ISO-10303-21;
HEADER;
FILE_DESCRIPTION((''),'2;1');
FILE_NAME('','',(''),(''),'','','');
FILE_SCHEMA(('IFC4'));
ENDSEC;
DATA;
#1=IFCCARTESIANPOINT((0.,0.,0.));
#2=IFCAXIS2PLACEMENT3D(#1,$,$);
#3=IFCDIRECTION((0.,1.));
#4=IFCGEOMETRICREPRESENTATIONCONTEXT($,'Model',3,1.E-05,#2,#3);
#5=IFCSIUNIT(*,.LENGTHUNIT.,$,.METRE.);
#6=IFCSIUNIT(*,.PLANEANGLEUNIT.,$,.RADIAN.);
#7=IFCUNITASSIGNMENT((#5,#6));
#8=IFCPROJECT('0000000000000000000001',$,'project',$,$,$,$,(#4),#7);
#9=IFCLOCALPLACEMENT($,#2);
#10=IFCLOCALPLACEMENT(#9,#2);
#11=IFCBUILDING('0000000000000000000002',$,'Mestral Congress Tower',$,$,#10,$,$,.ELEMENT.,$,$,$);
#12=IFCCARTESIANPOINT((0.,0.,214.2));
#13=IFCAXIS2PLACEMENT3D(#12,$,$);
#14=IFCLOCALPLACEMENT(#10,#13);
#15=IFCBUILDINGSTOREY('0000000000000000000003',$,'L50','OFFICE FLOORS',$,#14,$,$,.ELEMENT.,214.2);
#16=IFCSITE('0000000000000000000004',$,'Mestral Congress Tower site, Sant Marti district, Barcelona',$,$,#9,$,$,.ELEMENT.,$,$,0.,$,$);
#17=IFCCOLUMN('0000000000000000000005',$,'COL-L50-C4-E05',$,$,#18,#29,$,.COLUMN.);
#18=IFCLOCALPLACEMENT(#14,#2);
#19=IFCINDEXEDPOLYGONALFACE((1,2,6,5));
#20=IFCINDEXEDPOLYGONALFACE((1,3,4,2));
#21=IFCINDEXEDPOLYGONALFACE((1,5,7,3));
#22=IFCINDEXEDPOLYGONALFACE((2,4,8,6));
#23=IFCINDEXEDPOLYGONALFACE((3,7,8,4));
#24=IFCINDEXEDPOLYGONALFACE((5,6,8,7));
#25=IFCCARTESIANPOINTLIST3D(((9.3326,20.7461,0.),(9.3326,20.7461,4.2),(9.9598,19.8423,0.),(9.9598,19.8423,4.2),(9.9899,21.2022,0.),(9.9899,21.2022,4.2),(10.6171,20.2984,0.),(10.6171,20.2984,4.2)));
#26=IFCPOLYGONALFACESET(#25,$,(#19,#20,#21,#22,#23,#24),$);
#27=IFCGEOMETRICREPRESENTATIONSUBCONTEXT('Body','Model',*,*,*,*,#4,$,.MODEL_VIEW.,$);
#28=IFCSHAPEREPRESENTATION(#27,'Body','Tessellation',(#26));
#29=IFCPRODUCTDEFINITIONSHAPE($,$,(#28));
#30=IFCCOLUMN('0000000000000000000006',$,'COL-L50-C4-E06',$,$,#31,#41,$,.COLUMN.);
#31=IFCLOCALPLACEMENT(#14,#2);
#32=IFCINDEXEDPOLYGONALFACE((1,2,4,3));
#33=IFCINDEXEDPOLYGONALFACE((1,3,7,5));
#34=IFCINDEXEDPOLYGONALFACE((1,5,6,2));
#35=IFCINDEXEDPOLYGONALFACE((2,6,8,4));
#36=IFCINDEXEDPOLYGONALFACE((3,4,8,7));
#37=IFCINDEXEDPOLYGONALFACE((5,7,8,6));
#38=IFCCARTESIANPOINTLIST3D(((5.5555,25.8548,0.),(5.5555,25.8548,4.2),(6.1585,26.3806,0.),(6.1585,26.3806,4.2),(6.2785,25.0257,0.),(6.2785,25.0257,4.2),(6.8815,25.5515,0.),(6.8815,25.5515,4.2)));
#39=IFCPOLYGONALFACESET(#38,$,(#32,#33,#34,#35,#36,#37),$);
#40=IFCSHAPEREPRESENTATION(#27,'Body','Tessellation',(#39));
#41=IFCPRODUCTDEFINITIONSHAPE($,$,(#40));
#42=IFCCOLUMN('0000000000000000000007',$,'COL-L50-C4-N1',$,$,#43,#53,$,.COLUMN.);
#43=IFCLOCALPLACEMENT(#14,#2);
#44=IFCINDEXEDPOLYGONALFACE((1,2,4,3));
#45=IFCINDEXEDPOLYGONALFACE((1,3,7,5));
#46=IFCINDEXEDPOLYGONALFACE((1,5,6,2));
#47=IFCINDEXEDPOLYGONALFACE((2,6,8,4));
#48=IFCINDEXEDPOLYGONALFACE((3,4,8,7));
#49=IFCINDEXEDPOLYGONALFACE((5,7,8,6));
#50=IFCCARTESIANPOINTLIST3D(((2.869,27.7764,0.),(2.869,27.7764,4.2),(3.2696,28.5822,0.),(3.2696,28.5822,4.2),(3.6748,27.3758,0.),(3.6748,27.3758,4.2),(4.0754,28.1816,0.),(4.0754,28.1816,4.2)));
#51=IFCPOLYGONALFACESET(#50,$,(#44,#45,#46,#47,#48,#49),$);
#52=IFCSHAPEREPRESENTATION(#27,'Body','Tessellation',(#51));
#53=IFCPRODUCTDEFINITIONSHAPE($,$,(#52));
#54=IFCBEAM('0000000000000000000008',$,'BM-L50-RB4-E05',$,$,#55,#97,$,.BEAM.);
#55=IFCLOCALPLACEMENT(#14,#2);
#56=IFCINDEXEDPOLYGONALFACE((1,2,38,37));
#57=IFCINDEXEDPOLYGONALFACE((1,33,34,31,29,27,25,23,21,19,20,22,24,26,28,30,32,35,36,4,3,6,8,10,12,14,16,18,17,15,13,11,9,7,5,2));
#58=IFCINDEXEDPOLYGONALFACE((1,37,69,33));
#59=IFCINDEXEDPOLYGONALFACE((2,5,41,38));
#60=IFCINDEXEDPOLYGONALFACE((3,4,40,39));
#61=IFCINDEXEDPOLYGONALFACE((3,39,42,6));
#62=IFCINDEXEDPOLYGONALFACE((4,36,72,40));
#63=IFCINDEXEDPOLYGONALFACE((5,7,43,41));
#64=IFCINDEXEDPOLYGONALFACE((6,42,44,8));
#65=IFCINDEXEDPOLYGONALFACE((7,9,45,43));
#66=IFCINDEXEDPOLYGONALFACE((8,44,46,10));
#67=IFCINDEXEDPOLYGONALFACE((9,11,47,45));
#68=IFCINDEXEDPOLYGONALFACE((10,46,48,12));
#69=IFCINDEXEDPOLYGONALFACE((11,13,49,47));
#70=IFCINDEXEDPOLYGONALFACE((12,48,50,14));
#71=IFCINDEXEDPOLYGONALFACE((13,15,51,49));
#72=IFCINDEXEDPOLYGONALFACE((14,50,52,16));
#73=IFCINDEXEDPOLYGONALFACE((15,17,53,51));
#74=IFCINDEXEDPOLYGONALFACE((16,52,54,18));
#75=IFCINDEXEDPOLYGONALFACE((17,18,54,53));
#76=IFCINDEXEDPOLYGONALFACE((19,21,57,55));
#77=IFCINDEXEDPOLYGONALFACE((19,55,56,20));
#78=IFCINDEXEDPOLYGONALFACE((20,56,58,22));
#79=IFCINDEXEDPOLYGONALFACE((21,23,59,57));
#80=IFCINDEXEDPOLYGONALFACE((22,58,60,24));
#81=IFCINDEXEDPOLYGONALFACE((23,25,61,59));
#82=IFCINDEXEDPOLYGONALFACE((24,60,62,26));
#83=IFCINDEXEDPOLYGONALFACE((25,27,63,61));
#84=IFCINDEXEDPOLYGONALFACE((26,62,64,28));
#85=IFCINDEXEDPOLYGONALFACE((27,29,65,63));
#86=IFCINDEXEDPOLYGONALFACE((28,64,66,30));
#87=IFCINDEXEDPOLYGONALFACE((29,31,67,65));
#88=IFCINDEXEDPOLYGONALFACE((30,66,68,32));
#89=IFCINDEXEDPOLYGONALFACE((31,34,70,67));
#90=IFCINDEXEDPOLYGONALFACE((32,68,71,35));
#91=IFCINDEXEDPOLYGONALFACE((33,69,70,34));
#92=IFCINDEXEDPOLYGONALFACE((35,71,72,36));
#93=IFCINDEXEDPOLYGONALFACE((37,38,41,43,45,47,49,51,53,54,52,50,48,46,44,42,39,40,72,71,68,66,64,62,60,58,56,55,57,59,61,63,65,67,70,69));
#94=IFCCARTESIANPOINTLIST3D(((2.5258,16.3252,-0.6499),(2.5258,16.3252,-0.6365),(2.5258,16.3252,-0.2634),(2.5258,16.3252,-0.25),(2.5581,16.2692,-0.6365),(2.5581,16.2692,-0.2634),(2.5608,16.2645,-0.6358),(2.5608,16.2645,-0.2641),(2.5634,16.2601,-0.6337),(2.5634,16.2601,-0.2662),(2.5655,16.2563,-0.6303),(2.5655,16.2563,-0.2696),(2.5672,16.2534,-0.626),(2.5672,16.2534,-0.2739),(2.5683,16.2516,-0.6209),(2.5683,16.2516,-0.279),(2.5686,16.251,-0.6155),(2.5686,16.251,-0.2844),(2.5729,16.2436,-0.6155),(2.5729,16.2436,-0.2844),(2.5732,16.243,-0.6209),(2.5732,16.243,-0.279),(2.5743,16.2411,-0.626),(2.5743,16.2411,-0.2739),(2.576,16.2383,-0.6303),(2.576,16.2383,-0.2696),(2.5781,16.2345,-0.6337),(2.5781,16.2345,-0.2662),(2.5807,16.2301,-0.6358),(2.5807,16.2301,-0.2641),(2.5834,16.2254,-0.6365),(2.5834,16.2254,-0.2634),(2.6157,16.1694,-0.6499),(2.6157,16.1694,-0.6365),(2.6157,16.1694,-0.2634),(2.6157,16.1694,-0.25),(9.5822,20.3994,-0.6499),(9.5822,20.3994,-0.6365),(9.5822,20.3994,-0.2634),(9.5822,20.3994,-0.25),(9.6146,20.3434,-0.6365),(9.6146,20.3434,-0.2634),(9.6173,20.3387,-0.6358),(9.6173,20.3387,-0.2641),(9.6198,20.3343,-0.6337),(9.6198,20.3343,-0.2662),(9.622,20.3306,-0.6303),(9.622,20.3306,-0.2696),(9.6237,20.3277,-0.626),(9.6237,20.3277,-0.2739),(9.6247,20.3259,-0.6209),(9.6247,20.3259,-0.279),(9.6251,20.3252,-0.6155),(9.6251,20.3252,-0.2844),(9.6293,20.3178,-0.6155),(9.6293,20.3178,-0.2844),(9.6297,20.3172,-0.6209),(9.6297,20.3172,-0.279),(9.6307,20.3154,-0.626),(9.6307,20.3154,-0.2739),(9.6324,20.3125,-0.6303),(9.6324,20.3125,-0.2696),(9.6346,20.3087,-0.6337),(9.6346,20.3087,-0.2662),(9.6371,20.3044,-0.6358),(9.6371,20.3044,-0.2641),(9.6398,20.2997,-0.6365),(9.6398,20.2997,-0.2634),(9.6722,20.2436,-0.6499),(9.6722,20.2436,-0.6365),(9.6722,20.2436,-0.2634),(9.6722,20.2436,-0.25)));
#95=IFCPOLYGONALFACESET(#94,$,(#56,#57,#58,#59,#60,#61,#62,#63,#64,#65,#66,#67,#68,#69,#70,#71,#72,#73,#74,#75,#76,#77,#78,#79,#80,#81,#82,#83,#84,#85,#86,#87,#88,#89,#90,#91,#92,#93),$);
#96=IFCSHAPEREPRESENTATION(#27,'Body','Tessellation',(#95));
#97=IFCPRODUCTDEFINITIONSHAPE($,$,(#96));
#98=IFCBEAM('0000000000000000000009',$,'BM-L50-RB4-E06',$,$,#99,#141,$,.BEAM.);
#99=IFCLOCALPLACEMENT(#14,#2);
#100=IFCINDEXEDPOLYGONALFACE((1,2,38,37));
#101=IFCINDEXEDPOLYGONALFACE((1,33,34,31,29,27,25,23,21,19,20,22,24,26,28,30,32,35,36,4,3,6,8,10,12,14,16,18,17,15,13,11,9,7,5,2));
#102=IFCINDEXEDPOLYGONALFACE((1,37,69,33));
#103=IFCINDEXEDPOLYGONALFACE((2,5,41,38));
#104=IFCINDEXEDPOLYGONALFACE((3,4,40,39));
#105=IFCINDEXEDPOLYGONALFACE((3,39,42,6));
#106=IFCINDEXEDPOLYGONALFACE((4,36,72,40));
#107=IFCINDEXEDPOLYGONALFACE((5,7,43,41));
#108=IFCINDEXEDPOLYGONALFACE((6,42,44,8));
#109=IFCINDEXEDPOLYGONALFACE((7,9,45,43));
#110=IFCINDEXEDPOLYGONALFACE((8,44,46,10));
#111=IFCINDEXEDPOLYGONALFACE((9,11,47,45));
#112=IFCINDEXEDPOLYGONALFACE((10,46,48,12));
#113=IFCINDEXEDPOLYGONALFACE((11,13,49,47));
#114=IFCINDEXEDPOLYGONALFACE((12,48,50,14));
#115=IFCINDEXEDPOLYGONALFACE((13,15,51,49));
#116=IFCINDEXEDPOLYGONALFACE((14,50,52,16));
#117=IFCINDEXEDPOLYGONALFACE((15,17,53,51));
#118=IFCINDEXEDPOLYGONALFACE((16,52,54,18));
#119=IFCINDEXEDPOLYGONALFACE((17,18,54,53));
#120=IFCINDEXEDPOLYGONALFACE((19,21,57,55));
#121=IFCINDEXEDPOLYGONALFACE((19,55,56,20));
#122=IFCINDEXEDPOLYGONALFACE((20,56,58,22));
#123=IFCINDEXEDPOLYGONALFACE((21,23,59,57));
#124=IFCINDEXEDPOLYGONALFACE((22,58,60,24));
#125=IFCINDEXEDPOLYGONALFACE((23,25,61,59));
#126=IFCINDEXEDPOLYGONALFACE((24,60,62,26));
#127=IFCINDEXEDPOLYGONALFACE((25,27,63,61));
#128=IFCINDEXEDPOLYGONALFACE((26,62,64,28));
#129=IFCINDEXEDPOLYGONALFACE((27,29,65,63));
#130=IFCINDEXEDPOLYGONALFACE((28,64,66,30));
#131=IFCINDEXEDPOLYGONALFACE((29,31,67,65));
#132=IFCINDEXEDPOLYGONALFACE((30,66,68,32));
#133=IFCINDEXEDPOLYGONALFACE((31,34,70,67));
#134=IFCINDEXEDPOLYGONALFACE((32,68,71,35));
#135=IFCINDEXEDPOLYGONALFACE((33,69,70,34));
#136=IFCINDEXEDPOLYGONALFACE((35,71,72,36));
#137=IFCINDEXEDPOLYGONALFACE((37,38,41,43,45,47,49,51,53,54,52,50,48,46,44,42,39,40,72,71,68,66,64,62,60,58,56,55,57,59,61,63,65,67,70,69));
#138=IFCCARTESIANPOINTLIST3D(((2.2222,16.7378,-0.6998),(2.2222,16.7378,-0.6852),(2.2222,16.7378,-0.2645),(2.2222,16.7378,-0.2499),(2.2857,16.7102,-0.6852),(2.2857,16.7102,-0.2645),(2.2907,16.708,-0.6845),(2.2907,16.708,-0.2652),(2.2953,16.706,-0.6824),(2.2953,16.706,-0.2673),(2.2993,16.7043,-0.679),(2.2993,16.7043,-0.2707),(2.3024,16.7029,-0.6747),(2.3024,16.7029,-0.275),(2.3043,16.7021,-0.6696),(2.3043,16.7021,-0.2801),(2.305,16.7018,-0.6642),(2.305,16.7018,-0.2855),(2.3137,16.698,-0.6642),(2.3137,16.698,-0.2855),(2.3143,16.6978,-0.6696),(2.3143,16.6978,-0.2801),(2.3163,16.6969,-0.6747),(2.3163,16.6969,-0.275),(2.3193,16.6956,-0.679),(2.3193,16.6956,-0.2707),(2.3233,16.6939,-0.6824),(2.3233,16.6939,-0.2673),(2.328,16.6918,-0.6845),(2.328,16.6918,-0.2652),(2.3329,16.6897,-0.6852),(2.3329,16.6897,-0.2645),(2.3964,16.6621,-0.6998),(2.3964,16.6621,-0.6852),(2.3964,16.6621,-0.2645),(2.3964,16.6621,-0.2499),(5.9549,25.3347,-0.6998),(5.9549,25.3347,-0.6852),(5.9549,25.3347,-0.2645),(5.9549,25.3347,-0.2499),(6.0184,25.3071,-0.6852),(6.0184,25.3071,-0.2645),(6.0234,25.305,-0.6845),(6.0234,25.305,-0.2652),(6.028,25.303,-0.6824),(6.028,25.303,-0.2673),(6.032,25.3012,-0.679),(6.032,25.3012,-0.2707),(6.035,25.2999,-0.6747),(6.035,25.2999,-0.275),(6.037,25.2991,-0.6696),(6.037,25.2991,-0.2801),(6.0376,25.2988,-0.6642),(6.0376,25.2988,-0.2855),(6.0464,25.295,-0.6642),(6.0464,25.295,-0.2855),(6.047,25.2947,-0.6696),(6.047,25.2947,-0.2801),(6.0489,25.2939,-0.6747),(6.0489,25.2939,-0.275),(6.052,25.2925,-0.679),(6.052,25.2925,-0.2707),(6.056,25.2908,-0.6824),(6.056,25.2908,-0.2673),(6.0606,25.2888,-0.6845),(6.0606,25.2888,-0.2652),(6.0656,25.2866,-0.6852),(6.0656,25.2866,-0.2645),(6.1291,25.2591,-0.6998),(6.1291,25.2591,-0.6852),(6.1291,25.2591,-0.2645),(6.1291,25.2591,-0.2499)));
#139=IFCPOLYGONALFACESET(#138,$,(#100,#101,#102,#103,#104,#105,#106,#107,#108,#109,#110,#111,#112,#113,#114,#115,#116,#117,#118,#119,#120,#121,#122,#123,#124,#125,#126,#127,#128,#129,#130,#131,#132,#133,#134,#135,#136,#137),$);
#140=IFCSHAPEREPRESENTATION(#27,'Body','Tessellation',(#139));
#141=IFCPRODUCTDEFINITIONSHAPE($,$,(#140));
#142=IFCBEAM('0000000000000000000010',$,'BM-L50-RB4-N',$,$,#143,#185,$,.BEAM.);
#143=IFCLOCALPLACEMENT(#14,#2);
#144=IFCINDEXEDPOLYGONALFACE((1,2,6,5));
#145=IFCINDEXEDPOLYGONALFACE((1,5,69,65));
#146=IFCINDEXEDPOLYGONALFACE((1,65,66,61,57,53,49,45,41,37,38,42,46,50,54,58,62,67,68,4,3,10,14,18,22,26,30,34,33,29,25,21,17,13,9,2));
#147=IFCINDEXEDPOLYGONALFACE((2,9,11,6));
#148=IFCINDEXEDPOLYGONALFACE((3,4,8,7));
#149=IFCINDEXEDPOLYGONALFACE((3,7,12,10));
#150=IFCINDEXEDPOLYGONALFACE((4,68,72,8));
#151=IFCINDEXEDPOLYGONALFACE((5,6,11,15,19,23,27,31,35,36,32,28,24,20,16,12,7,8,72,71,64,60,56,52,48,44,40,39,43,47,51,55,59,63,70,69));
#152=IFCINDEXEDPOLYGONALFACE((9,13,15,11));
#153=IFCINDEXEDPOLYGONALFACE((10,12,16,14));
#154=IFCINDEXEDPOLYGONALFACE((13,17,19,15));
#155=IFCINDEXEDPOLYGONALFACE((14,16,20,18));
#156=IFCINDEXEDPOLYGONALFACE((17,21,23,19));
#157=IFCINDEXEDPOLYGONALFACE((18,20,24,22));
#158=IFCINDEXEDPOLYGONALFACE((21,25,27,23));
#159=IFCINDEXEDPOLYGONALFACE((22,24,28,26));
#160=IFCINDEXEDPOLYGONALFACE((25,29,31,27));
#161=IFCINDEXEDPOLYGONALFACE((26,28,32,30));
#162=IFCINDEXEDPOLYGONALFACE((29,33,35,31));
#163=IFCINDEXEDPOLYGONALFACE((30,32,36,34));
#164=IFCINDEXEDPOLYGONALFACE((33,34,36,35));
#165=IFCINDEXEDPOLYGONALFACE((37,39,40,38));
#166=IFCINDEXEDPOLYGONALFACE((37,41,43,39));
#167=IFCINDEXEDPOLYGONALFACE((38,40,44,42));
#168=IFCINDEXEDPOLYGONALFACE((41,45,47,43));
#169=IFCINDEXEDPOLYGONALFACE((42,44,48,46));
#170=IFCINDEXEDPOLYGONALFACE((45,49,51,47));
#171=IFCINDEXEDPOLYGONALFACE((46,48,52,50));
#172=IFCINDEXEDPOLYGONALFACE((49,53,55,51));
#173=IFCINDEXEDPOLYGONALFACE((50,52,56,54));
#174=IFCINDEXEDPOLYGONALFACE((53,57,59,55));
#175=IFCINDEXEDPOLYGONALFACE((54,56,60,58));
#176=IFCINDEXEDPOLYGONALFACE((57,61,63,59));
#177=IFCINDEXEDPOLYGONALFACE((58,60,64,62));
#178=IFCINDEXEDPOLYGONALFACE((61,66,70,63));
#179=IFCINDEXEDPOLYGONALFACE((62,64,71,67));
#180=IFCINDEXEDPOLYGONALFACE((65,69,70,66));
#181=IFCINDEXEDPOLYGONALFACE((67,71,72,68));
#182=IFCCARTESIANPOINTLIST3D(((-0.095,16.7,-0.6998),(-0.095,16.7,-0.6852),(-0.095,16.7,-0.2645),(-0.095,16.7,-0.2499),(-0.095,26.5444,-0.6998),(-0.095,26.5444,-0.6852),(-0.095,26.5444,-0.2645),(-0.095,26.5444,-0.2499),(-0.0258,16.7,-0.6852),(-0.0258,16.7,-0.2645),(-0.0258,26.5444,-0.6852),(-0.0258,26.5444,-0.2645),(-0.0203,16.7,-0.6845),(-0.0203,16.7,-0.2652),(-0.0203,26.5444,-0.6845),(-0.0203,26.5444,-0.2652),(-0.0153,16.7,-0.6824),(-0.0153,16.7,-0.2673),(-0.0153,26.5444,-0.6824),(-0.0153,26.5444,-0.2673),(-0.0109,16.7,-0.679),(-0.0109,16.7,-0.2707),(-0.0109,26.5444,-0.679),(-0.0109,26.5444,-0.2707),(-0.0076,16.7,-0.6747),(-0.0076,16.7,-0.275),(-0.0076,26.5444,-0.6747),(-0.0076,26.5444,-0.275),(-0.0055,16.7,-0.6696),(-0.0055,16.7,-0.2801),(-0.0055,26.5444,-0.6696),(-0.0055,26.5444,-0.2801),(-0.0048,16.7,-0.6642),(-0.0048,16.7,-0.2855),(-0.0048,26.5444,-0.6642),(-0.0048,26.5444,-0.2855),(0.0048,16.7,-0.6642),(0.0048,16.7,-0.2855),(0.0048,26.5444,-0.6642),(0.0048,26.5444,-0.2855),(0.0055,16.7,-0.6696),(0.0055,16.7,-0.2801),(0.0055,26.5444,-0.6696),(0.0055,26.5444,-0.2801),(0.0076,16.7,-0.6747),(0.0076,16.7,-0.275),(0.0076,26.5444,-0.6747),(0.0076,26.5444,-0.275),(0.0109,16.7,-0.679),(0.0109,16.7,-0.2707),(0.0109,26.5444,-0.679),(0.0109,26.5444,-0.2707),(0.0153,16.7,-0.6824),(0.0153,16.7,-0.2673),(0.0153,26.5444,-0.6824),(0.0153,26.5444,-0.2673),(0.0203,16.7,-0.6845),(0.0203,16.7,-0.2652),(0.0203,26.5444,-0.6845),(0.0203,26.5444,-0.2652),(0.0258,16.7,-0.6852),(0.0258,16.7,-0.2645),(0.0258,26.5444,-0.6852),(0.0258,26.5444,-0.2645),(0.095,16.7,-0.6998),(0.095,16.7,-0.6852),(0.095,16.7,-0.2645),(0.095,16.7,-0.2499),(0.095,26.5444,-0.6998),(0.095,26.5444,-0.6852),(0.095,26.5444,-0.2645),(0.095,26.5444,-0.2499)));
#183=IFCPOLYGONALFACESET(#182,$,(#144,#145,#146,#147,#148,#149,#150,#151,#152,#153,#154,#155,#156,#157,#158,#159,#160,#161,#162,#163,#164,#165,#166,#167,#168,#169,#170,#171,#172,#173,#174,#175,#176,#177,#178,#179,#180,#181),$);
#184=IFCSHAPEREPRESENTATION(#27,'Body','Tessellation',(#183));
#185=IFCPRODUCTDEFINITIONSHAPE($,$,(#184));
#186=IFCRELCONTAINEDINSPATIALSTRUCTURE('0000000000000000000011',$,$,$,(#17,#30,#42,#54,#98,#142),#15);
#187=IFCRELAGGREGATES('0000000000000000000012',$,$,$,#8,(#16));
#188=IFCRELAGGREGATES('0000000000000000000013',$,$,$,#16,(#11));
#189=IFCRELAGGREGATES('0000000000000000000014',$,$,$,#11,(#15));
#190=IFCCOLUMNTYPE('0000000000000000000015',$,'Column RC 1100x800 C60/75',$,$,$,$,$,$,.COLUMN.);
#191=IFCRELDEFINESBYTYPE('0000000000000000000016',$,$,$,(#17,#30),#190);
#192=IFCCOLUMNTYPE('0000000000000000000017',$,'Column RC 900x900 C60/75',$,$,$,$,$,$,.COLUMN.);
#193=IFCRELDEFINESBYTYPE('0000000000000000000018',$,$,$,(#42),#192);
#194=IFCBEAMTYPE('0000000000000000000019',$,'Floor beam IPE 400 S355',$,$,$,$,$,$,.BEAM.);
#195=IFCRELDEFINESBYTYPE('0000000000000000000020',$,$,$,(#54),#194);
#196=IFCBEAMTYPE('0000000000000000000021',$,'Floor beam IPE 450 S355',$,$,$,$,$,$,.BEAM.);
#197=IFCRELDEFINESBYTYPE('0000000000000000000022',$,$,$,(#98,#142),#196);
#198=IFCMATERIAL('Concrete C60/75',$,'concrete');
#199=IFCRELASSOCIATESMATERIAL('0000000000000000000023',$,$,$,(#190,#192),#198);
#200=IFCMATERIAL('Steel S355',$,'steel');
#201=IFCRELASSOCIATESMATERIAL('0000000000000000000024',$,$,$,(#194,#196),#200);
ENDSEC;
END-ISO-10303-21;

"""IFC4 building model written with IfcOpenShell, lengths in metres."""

from ifc_helpers import new_model, si_unit, direction, frame, origin, origin_2d, place, context, subcontext, project, spatial, rectangle, i_section, extrude, material, material_profile, profile_set, type_object, element, save


model = new_model("IFC4")

# Units and contexts
model_context = context("Model", 3, precision=1e-05, world=origin(), true_north=direction((0.0, 1.0)))
body_context = subcontext(model_context, "Body", "Model", "MODEL_VIEW")
ifc_project = project(units=[si_unit("LENGTHUNIT", "METRE"), si_unit("PLANEANGLEUNIT", "RADIAN")], contexts=[model_context])

# Site, building, storey
site_placement = place(None, origin())
site = spatial("IfcSite", under=ifc_project, at=site_placement, Name="Mestral Congress Tower site, Sant Marti district, Barcelona", CompositionType="ELEMENT", RefElevation=0.0)
building_placement = place(site_placement, origin())
building = spatial("IfcBuilding", under=site, at=building_placement, Name="Mestral Congress Tower", CompositionType="ELEMENT")
storey_placement = place(building_placement, frame((0.0, 0.0, 214.2)))
storey = spatial("IfcBuildingStorey", under=building, at=storey_placement, Name="L50", Description="OFFICE FLOORS", CompositionType="ELEMENT", Elevation=214.2)

# Columns
ifc_material_1 = material(Name="Concrete C60/75", Category="concrete")
ifc_material_profile_1 = material_profile(ifc_material_1, rectangle(XDim=1.1001, YDim=0.8, at=origin_2d()), Name="RC 1100x800")
ifc_profile_set_1 = profile_set([ifc_material_profile_1], Name="Concrete C60/75")
column_type_1 = type_object("IfcColumnType", Name="Column RC 1100x800 C60/75", PredefinedType="COLUMN", material=ifc_profile_set_1)
for number, where, z_axis, x_axis, name in (
    (1, (9.9749, 20.5222, 0.0), (0.0, 0.0, 1.0), (-0.570084, 0.821586, 0.0), "COL-L50-C4-E05"),
    (2, (6.2185, 25.7031, 0.0), (0.0, 0.0, 1.0), (-0.65725, 0.753672, 0.0), "COL-L50-C4-E06"),
):
    element("IfcColumn", number, at=place(storey_placement, frame(where, z_axis=z_axis, x_axis=x_axis)), inside=storey, type_object=column_type_1, Name=name, PredefinedType="COLUMN", context=body_context, shape_type="SweptSolid", body=[
        extrude(rectangle(XDim=1.1001, YDim=0.8, at=origin_2d()), origin(), (0.0, 0.0, 1.0), 4.2),
    ])
ifc_material_profile_2 = material_profile(ifc_material_1, rectangle(XDim=0.8999, YDim=0.8999, at=origin_2d()), Name="RC 900x900")
ifc_profile_set_2 = profile_set([ifc_material_profile_2], Name="Concrete C60/75")
column_type_2 = type_object("IfcColumnType", Name="Column RC 900x900 C60/75", PredefinedType="COLUMN", material=ifc_profile_set_2)
column_placement = place(storey_placement, frame((3.4722, 27.979, 0.0), z_axis=(0.0, 0.0, 1.0), x_axis=(-0.895456, 0.445149, 0.0)))
element("IfcColumn", 3, at=column_placement, inside=storey, type_object=column_type_2, Name="COL-L50-C4-N1", PredefinedType="COLUMN", context=body_context, shape_type="SweptSolid", body=[
    extrude(rectangle(XDim=0.8999, YDim=0.8999, at=origin_2d()), origin(), (0.0, 0.0, 1.0), 4.2),
])

# Beams
ifc_material_2 = material(Name="Steel S355", Category="steel")
ifc_material_profile_3 = material_profile(ifc_material_2, i_section(OverallWidth=0.1799, OverallDepth=0.3999, WebThickness=0.0085, FlangeThickness=0.0134, FilletRadius=0.021, at=origin_2d()), Name="IPE 400")
ifc_profile_set_3 = profile_set([ifc_material_profile_3], Name="Steel S355")
beam_type_1 = type_object("IfcBeamType", Name="Floor beam IPE 400 S355", PredefinedType="BEAM", material=ifc_profile_set_3)
beam_1_placement = place(storey_placement, frame((9.6272, 20.3215, -0.45), z_axis=(-0.866014, -0.500019, 0.0), x_axis=(0.500019, -0.866014, 0.0)))
element("IfcBeam", 4, at=beam_1_placement, inside=storey, type_object=beam_type_1, Name="BM-L50-RB4-E05", PredefinedType="BEAM", context=body_context, shape_type="SweptSolid", body=[
    extrude(i_section(OverallWidth=0.1799, OverallDepth=0.3999, WebThickness=0.0085, FlangeThickness=0.0134, FilletRadius=0.021, at=origin_2d()), origin(), (0.0, 0.0, 1.0), 8.1482),
])
ifc_material_profile_4 = material_profile(ifc_material_2, i_section(OverallWidth=0.1899, OverallDepth=0.45, WebThickness=0.0095, FlangeThickness=0.0146, FilletRadius=0.021, at=origin_2d()), Name="IPE 450")
ifc_profile_set_4 = profile_set([ifc_material_profile_4], Name="Steel S355")
beam_type_2 = type_object("IfcBeamType", Name="Floor beam IPE 450 S355", PredefinedType="BEAM", material=ifc_profile_set_4)
beam_2_placement = place(storey_placement, frame((6.042, 25.2969, -0.4749), z_axis=(-0.398266, -0.91727, 0.0), x_axis=(0.91727, -0.398266, 0.0)))
element("IfcBeam", 5, at=beam_2_placement, inside=storey, type_object=beam_type_2, Name="BM-L50-RB4-E06", PredefinedType="BEAM", context=body_context, shape_type="SweptSolid", body=[
    extrude(i_section(OverallWidth=0.1899, OverallDepth=0.45, WebThickness=0.0095, FlangeThickness=0.0146, FilletRadius=0.021, at=origin_2d()), origin(), (0.0, 0.0, 1.0), 9.3723),
])
beam_3_placement = place(storey_placement, frame((0.0, 26.5444, -0.4749), z_axis=(0.0, -1.0, 0.0), x_axis=(1.0, 0.0, 0.0)))
element("IfcBeam", 6, at=beam_3_placement, inside=storey, type_object=beam_type_2, Name="BM-L50-RB4-N", PredefinedType="BEAM", context=body_context, shape_type="SweptSolid", body=[
    extrude(i_section(OverallWidth=0.1899, OverallDepth=0.45, WebThickness=0.0095, FlangeThickness=0.0146, FilletRadius=0.021, at=origin_2d()), origin(), (0.0, 0.0, 1.0), 9.8445),
])

save(model, "model.ifc")
